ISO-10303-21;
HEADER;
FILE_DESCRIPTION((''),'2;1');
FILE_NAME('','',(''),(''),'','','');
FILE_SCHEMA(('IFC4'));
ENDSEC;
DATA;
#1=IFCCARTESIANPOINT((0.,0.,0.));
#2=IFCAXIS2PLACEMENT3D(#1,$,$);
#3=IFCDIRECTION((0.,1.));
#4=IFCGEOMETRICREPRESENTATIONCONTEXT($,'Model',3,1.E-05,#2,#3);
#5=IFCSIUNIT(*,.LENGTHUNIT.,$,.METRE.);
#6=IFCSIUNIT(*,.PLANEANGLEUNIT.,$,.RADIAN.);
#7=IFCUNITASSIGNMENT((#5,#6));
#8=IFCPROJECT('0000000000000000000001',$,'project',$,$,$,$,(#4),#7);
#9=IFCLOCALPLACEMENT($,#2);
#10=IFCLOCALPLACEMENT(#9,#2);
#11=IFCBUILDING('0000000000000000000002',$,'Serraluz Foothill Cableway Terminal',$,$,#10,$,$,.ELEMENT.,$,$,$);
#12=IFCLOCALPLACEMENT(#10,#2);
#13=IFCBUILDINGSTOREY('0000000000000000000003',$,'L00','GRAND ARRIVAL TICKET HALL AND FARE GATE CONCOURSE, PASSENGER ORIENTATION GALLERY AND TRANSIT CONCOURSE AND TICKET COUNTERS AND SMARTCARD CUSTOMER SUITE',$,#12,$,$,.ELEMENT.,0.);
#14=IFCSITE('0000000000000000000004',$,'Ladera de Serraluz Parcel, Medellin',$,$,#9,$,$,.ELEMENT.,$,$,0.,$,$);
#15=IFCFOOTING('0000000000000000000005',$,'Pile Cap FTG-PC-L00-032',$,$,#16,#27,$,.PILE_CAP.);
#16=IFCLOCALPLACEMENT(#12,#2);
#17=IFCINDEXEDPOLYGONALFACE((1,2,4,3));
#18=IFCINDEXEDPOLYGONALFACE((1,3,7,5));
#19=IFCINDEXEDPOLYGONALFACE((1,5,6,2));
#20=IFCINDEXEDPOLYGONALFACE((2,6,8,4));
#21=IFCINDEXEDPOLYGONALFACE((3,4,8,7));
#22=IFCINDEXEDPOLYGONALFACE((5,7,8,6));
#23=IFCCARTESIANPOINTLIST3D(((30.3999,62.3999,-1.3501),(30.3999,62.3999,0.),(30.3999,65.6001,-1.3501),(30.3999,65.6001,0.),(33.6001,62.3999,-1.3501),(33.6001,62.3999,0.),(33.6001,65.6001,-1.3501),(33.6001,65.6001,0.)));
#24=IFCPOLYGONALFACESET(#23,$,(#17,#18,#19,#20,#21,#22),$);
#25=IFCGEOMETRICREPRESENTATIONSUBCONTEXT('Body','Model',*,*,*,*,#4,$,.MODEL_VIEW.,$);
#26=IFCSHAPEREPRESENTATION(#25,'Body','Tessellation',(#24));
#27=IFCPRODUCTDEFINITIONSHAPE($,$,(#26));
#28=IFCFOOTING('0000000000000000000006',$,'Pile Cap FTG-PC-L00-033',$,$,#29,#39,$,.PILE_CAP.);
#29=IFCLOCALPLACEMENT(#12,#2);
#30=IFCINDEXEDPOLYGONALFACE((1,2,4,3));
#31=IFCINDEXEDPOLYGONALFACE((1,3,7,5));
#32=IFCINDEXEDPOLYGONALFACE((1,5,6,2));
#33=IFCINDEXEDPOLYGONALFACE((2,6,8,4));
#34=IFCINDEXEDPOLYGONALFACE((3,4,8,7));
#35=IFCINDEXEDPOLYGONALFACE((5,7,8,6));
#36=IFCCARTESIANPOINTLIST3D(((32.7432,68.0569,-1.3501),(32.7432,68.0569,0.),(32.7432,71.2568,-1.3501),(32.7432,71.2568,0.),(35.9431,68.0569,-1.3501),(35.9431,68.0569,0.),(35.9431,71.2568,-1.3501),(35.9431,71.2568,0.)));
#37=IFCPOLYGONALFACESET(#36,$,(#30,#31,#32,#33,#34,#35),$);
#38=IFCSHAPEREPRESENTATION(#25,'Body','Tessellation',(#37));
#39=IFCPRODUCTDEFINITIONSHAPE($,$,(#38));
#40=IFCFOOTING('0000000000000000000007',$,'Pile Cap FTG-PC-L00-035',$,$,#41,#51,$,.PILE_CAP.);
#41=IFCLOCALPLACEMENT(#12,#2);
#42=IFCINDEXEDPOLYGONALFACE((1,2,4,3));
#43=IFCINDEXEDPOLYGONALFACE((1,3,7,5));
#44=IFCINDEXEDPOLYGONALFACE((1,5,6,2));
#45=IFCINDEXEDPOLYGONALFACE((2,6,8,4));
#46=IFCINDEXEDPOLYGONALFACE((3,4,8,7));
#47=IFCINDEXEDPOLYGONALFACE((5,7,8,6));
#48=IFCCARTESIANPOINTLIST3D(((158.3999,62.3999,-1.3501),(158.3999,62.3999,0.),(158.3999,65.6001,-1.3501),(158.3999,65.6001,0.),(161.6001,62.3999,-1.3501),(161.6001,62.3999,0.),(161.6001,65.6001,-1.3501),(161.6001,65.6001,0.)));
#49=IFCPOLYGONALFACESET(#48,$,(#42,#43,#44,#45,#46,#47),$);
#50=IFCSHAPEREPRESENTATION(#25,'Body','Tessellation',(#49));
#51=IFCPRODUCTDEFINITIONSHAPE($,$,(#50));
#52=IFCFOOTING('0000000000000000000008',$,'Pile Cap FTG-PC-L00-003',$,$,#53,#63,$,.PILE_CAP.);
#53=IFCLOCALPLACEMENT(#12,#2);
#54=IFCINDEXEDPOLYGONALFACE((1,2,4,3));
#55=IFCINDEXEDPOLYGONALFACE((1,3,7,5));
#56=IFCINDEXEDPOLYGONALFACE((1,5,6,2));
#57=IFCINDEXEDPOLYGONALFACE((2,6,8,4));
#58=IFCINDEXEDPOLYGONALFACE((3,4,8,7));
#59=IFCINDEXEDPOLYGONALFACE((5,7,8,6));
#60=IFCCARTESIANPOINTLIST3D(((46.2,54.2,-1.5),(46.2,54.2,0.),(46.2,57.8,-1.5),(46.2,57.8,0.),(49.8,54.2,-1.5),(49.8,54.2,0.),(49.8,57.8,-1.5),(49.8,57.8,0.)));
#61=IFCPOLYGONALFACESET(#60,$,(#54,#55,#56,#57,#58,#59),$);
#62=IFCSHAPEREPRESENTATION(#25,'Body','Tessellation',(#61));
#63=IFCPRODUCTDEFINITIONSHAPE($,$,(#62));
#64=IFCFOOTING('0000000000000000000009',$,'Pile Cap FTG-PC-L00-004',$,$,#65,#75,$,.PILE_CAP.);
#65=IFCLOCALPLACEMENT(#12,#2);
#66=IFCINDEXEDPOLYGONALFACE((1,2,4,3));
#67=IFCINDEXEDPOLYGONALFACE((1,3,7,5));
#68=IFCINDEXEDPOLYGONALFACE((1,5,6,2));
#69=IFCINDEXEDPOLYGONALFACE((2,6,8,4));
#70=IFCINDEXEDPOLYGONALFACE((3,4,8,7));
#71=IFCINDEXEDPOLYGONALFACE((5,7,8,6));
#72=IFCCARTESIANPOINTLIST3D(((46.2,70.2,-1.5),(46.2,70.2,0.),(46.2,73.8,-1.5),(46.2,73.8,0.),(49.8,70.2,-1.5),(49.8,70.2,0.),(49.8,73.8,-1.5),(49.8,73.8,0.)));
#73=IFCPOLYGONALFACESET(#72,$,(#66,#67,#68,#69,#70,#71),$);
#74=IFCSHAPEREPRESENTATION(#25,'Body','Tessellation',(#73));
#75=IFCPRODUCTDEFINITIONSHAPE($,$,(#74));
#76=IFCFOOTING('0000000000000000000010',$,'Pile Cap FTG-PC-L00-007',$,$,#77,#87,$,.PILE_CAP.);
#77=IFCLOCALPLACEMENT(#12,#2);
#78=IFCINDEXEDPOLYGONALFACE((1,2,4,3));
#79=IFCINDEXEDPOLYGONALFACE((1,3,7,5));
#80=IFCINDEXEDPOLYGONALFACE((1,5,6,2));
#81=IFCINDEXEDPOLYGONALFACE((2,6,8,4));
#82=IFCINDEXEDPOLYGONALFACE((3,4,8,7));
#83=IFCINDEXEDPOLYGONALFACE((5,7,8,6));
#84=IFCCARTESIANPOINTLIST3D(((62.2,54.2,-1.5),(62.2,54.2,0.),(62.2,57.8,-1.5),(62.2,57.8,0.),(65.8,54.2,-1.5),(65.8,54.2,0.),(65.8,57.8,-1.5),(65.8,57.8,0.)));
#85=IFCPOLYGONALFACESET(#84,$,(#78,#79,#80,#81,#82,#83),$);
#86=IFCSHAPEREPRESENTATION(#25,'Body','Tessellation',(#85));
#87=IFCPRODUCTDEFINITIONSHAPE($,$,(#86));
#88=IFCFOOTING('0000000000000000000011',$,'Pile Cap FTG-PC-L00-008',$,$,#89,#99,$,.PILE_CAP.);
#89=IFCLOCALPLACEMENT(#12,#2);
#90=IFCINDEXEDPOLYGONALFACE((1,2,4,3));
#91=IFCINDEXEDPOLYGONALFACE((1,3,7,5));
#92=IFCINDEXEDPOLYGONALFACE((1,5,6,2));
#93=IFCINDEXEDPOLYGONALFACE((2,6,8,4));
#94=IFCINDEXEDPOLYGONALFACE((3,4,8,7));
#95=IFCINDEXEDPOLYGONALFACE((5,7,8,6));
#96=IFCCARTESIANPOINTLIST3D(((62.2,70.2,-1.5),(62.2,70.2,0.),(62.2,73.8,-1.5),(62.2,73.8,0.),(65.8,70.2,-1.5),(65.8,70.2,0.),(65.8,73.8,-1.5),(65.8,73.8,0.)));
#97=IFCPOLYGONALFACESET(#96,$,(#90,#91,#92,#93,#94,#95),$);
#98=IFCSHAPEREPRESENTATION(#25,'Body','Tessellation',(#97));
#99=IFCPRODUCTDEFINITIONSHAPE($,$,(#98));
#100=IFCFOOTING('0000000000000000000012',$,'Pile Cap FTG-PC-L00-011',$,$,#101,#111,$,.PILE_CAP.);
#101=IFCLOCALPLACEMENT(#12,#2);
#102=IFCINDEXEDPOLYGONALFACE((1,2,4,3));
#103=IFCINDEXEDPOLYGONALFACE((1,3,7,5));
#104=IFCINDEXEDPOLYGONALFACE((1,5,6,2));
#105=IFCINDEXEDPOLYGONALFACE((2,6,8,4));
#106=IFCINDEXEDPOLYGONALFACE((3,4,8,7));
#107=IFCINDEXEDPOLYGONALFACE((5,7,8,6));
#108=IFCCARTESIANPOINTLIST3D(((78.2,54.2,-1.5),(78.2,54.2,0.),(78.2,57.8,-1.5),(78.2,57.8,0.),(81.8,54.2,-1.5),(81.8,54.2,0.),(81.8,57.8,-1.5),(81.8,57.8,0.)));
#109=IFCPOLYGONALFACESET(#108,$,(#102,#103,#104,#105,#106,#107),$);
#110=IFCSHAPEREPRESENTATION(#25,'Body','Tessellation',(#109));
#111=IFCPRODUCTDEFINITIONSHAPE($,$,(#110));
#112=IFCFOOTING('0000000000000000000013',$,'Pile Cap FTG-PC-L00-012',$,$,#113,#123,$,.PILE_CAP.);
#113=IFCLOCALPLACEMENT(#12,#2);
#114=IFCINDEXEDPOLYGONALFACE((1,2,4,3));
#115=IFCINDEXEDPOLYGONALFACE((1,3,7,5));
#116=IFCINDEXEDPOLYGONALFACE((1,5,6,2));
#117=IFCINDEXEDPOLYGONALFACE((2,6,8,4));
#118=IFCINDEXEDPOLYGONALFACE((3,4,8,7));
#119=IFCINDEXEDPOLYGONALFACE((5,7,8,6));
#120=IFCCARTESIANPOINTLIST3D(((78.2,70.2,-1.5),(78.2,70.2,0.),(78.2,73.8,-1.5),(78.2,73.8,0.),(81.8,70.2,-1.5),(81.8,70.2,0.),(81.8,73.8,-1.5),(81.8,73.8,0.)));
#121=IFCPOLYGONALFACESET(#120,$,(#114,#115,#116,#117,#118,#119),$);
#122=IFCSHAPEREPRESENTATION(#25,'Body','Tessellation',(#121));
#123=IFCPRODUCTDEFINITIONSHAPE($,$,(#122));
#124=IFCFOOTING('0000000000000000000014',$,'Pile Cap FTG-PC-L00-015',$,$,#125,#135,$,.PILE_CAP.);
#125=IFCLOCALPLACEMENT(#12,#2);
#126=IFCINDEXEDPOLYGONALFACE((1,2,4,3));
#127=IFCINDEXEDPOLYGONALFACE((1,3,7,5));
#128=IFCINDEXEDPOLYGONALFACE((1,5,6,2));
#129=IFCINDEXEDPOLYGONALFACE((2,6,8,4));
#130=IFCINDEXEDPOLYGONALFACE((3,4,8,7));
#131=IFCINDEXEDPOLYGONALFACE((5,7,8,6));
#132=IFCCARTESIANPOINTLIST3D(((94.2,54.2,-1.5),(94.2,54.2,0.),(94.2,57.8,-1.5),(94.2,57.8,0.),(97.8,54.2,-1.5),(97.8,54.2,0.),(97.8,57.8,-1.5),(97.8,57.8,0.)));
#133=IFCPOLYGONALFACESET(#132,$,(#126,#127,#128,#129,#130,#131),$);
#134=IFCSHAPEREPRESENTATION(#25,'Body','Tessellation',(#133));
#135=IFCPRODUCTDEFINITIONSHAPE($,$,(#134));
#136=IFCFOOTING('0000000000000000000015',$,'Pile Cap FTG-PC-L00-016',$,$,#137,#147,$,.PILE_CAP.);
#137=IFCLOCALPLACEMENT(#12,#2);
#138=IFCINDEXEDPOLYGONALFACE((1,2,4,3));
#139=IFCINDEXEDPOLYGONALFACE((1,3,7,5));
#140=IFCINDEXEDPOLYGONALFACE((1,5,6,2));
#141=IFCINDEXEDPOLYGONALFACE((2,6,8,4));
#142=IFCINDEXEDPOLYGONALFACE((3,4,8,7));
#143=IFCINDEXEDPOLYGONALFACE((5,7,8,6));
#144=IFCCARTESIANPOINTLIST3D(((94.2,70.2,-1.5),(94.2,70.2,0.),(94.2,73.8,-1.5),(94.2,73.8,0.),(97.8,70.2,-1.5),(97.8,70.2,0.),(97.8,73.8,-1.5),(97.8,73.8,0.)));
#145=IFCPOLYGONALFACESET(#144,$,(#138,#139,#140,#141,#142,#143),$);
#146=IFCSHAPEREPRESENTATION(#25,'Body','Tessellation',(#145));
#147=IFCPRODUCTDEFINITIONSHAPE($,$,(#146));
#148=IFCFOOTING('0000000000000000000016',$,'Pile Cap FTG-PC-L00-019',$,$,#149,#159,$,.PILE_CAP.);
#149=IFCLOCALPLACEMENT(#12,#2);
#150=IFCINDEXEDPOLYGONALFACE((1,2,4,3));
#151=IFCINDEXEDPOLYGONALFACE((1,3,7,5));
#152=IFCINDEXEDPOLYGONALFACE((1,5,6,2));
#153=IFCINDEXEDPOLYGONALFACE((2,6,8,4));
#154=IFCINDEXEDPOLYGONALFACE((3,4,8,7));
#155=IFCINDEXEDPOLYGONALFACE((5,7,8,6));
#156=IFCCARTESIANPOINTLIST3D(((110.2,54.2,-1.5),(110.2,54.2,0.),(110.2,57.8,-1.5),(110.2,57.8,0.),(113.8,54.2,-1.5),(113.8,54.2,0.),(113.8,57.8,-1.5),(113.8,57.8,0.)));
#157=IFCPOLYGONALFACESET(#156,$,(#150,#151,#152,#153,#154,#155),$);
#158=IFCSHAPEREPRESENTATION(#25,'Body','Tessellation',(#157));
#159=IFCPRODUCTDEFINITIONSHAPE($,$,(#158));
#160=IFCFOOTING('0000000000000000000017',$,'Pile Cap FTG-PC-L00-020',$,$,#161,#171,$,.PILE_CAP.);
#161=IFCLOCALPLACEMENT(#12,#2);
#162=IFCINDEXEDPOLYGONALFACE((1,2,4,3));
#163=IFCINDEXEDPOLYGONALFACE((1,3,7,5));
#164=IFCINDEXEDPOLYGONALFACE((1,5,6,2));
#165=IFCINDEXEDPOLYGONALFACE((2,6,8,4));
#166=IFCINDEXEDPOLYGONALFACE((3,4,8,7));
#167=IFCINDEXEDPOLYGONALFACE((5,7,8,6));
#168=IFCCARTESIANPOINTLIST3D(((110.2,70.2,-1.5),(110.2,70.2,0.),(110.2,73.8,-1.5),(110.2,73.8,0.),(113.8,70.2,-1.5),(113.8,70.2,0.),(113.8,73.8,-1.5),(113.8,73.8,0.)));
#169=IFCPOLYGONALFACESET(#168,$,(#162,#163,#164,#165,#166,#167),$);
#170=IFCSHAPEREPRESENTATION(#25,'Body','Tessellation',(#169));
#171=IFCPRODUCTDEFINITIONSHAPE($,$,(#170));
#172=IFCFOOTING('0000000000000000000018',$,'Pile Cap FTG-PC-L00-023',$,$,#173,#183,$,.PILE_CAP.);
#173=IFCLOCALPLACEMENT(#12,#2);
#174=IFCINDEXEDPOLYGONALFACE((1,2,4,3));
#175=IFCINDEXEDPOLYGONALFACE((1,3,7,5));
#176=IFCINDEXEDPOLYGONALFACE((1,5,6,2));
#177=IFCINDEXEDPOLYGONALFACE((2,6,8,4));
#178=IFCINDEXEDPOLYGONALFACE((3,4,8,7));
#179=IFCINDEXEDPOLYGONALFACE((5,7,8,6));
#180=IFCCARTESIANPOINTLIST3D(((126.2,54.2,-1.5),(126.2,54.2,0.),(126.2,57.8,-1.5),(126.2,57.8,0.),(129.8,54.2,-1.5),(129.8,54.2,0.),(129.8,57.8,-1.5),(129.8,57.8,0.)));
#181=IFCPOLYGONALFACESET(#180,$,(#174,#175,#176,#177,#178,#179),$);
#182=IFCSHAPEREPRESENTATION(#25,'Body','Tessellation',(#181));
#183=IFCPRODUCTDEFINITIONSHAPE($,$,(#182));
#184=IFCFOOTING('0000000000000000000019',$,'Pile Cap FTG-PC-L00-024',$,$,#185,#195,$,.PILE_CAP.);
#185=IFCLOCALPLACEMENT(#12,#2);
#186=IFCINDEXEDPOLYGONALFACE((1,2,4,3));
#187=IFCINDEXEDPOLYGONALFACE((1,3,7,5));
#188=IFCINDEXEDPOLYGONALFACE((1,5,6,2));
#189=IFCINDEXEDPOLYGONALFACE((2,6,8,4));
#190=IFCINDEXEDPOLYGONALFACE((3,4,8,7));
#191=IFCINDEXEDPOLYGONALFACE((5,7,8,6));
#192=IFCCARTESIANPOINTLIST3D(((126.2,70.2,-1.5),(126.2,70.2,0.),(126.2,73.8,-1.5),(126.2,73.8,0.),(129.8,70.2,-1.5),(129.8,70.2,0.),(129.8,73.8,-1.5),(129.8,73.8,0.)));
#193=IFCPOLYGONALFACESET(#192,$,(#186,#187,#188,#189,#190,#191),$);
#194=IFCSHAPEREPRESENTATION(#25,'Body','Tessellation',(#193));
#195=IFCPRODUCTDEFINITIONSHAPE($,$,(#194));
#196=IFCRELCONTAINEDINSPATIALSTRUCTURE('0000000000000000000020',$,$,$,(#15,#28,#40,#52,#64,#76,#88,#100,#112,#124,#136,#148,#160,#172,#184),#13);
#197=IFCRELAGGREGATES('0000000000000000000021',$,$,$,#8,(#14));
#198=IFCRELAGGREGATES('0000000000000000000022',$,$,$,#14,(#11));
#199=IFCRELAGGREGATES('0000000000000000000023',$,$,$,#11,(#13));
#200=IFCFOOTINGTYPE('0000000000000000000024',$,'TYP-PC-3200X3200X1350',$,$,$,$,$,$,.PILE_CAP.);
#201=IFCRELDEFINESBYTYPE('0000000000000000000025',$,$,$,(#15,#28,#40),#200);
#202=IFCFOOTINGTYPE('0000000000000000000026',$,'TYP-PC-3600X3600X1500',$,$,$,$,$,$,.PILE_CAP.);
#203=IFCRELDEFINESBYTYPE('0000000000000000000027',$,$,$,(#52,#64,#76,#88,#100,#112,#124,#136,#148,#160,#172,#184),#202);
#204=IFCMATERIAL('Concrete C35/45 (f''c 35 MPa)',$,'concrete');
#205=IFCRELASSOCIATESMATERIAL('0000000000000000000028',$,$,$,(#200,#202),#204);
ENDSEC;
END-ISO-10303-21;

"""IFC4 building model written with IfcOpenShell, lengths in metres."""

from ifc_helpers import new_model, si_unit, direction, frame, origin, place, context, subcontext, project, spatial, polyline, outline, extrude, material, type_object, element, save


model = new_model("IFC4")

# Units and contexts
model_context = context("Model", 3, precision=1e-05, world=origin(), true_north=direction((0.0, 1.0)))
body_context = subcontext(model_context, "Body", "Model", "MODEL_VIEW")
ifc_project = project(units=[si_unit("LENGTHUNIT", "METRE"), si_unit("PLANEANGLEUNIT", "RADIAN")], contexts=[model_context])

# Site, building, storey
site_placement = place(None, origin())
site = spatial("IfcSite", under=ifc_project, at=site_placement, Name="Ladera de Serraluz Parcel, Medellin", CompositionType="ELEMENT", RefElevation=0.0)
building_placement = place(site_placement, origin())
building = spatial("IfcBuilding", under=site, at=building_placement, Name="Serraluz Foothill Cableway Terminal", CompositionType="ELEMENT")
storey_placement = place(building_placement, origin())
storey = spatial("IfcBuildingStorey", under=building, at=storey_placement, Name="L00", Description="GRAND ARRIVAL TICKET HALL AND FARE GATE CONCOURSE, PASSENGER ORIENTATION GALLERY AND TRANSIT CONCOURSE AND TICKET COUNTERS AND SMARTCARD CUSTOMER SUITE", CompositionType="ELEMENT", Elevation=0.0)

# Footings
ifc_material_1 = material(Name="Concrete C35/45 (f'c 35 MPa)", Category="concrete")
footing_type_1 = type_object("IfcFootingType", Name="TYP-PC-3200X3200X1350", PredefinedType="PILE_CAP", material=ifc_material_1)
footing_1_placement = place(storey_placement, frame((0.0, 0.0, -1.3501)))
element("IfcFooting", 1, at=footing_1_placement, inside=storey, type_object=footing_type_1, Name="Pile Cap FTG-PC-L00-032", PredefinedType="PILE_CAP", context=body_context, shape_type="SweptSolid", body=[
    extrude(outline(polyline([(30.3999, 62.3999), (33.6001, 62.3999), (33.6001, 65.6001), (30.3999, 65.6001), (30.3999, 62.3999)])), origin(), (0.0, 0.0, 1.0), 1.3501),
])
footing_2_placement = place(storey_placement, frame((0.0, 0.0, -1.3501)))
element("IfcFooting", 2, at=footing_2_placement, inside=storey, type_object=footing_type_1, Name="Pile Cap FTG-PC-L00-033", PredefinedType="PILE_CAP", context=body_context, shape_type="SweptSolid", body=[
    extrude(outline(polyline([(32.7432, 68.0569), (35.9431, 68.0569), (35.9431, 71.2568), (32.7432, 71.2568), (32.7432, 68.0569)])), origin(), (0.0, 0.0, 1.0), 1.3501),
])
footing_3_placement = place(storey_placement, frame((0.0, 0.0, -1.3501)))
element("IfcFooting", 3, at=footing_3_placement, inside=storey, type_object=footing_type_1, Name="Pile Cap FTG-PC-L00-035", PredefinedType="PILE_CAP", context=body_context, shape_type="SweptSolid", body=[
    extrude(outline(polyline([(158.3999, 62.3999), (161.6001, 62.3999), (161.6001, 65.6001), (158.3999, 65.6001), (158.3999, 62.3999)])), origin(), (0.0, 0.0, 1.0), 1.3501),
])
footing_type_2 = type_object("IfcFootingType", Name="TYP-PC-3600X3600X1500", PredefinedType="PILE_CAP", material=ifc_material_1)
footing_4_placement = place(storey_placement, frame((0.0, 0.0, -1.5)))
element("IfcFooting", 4, at=footing_4_placement, inside=storey, type_object=footing_type_2, Name="Pile Cap FTG-PC-L00-003", PredefinedType="PILE_CAP", context=body_context, shape_type="SweptSolid", body=[
    extrude(outline(polyline([(46.2, 54.2), (49.8, 54.2), (49.8, 57.8), (46.2, 57.8), (46.2, 54.2)])), origin(), (0.0, 0.0, 1.0), 1.5),
])
footing_5_placement = place(storey_placement, frame((0.0, 0.0, -1.5)))
element("IfcFooting", 5, at=footing_5_placement, inside=storey, type_object=footing_type_2, Name="Pile Cap FTG-PC-L00-004", PredefinedType="PILE_CAP", context=body_context, shape_type="SweptSolid", body=[
    extrude(outline(polyline([(46.2, 70.2), (49.8, 70.2), (49.8, 73.8), (46.2, 73.8), (46.2, 70.2)])), origin(), (0.0, 0.0, 1.0), 1.5),
])
footing_6_placement = place(storey_placement, frame((0.0, 0.0, -1.5)))
element("IfcFooting", 6, at=footing_6_placement, inside=storey, type_object=footing_type_2, Name="Pile Cap FTG-PC-L00-007", PredefinedType="PILE_CAP", context=body_context, shape_type="SweptSolid", body=[
    extrude(outline(polyline([(62.2, 54.2), (65.8, 54.2), (65.8, 57.8), (62.2, 57.8), (62.2, 54.2)])), origin(), (0.0, 0.0, 1.0), 1.5),
])
footing_7_placement = place(storey_placement, frame((0.0, 0.0, -1.5)))
element("IfcFooting", 7, at=footing_7_placement, inside=storey, type_object=footing_type_2, Name="Pile Cap FTG-PC-L00-008", PredefinedType="PILE_CAP", context=body_context, shape_type="SweptSolid", body=[
    extrude(outline(polyline([(62.2, 70.2), (65.8, 70.2), (65.8, 73.8), (62.2, 73.8), (62.2, 70.2)])), origin(), (0.0, 0.0, 1.0), 1.5),
])
footing_8_placement = place(storey_placement, frame((0.0, 0.0, -1.5)))
element("IfcFooting", 8, at=footing_8_placement, inside=storey, type_object=footing_type_2, Name="Pile Cap FTG-PC-L00-011", PredefinedType="PILE_CAP", context=body_context, shape_type="SweptSolid", body=[
    extrude(outline(polyline([(78.2, 54.2), (81.8, 54.2), (81.8, 57.8), (78.2, 57.8), (78.2, 54.2)])), origin(), (0.0, 0.0, 1.0), 1.5),
])
footing_9_placement = place(storey_placement, frame((0.0, 0.0, -1.5)))
element("IfcFooting", 9, at=footing_9_placement, inside=storey, type_object=footing_type_2, Name="Pile Cap FTG-PC-L00-012", PredefinedType="PILE_CAP", context=body_context, shape_type="SweptSolid", body=[
    extrude(outline(polyline([(78.2, 70.2), (81.8, 70.2), (81.8, 73.8), (78.2, 73.8), (78.2, 70.2)])), origin(), (0.0, 0.0, 1.0), 1.5),
])
footing_10_placement = place(storey_placement, frame((0.0, 0.0, -1.5)))
element("IfcFooting", 10, at=footing_10_placement, inside=storey, type_object=footing_type_2, Name="Pile Cap FTG-PC-L00-015", PredefinedType="PILE_CAP", context=body_context, shape_type="SweptSolid", body=[
    extrude(outline(polyline([(94.2, 54.2), (97.8, 54.2), (97.8, 57.8), (94.2, 57.8), (94.2, 54.2)])), origin(), (0.0, 0.0, 1.0), 1.5),
])
footing_11_placement = place(storey_placement, frame((0.0, 0.0, -1.5)))
element("IfcFooting", 11, at=footing_11_placement, inside=storey, type_object=footing_type_2, Name="Pile Cap FTG-PC-L00-016", PredefinedType="PILE_CAP", context=body_context, shape_type="SweptSolid", body=[
    extrude(outline(polyline([(94.2, 70.2), (97.8, 70.2), (97.8, 73.8), (94.2, 73.8), (94.2, 70.2)])), origin(), (0.0, 0.0, 1.0), 1.5),
])
footing_12_placement = place(storey_placement, frame((0.0, 0.0, -1.5)))
element("IfcFooting", 12, at=footing_12_placement, inside=storey, type_object=footing_type_2, Name="Pile Cap FTG-PC-L00-019", PredefinedType="PILE_CAP", context=body_context, shape_type="SweptSolid", body=[
    extrude(outline(polyline([(110.2, 54.2), (113.8, 54.2), (113.8, 57.8), (110.2, 57.8), (110.2, 54.2)])), origin(), (0.0, 0.0, 1.0), 1.5),
])
footing_13_placement = place(storey_placement, frame((0.0, 0.0, -1.5)))
element("IfcFooting", 13, at=footing_13_placement, inside=storey, type_object=footing_type_2, Name="Pile Cap FTG-PC-L00-020", PredefinedType="PILE_CAP", context=body_context, shape_type="SweptSolid", body=[
    extrude(outline(polyline([(110.2, 70.2), (113.8, 70.2), (113.8, 73.8), (110.2, 73.8), (110.2, 70.2)])), origin(), (0.0, 0.0, 1.0), 1.5),
])
footing_14_placement = place(storey_placement, frame((0.0, 0.0, -1.5)))
element("IfcFooting", 14, at=footing_14_placement, inside=storey, type_object=footing_type_2, Name="Pile Cap FTG-PC-L00-023", PredefinedType="PILE_CAP", context=body_context, shape_type="SweptSolid", body=[
    extrude(outline(polyline([(126.2, 54.2), (129.8, 54.2), (129.8, 57.8), (126.2, 57.8), (126.2, 54.2)])), origin(), (0.0, 0.0, 1.0), 1.5),
])
footing_15_placement = place(storey_placement, frame((0.0, 0.0, -1.5)))
element("IfcFooting", 15, at=footing_15_placement, inside=storey, type_object=footing_type_2, Name="Pile Cap FTG-PC-L00-024", PredefinedType="PILE_CAP", context=body_context, shape_type="SweptSolid", body=[
    extrude(outline(polyline([(126.2, 70.2), (129.8, 70.2), (129.8, 73.8), (126.2, 73.8), (126.2, 70.2)])), origin(), (0.0, 0.0, 1.0), 1.5),
])

save(model, "model.ifc")
